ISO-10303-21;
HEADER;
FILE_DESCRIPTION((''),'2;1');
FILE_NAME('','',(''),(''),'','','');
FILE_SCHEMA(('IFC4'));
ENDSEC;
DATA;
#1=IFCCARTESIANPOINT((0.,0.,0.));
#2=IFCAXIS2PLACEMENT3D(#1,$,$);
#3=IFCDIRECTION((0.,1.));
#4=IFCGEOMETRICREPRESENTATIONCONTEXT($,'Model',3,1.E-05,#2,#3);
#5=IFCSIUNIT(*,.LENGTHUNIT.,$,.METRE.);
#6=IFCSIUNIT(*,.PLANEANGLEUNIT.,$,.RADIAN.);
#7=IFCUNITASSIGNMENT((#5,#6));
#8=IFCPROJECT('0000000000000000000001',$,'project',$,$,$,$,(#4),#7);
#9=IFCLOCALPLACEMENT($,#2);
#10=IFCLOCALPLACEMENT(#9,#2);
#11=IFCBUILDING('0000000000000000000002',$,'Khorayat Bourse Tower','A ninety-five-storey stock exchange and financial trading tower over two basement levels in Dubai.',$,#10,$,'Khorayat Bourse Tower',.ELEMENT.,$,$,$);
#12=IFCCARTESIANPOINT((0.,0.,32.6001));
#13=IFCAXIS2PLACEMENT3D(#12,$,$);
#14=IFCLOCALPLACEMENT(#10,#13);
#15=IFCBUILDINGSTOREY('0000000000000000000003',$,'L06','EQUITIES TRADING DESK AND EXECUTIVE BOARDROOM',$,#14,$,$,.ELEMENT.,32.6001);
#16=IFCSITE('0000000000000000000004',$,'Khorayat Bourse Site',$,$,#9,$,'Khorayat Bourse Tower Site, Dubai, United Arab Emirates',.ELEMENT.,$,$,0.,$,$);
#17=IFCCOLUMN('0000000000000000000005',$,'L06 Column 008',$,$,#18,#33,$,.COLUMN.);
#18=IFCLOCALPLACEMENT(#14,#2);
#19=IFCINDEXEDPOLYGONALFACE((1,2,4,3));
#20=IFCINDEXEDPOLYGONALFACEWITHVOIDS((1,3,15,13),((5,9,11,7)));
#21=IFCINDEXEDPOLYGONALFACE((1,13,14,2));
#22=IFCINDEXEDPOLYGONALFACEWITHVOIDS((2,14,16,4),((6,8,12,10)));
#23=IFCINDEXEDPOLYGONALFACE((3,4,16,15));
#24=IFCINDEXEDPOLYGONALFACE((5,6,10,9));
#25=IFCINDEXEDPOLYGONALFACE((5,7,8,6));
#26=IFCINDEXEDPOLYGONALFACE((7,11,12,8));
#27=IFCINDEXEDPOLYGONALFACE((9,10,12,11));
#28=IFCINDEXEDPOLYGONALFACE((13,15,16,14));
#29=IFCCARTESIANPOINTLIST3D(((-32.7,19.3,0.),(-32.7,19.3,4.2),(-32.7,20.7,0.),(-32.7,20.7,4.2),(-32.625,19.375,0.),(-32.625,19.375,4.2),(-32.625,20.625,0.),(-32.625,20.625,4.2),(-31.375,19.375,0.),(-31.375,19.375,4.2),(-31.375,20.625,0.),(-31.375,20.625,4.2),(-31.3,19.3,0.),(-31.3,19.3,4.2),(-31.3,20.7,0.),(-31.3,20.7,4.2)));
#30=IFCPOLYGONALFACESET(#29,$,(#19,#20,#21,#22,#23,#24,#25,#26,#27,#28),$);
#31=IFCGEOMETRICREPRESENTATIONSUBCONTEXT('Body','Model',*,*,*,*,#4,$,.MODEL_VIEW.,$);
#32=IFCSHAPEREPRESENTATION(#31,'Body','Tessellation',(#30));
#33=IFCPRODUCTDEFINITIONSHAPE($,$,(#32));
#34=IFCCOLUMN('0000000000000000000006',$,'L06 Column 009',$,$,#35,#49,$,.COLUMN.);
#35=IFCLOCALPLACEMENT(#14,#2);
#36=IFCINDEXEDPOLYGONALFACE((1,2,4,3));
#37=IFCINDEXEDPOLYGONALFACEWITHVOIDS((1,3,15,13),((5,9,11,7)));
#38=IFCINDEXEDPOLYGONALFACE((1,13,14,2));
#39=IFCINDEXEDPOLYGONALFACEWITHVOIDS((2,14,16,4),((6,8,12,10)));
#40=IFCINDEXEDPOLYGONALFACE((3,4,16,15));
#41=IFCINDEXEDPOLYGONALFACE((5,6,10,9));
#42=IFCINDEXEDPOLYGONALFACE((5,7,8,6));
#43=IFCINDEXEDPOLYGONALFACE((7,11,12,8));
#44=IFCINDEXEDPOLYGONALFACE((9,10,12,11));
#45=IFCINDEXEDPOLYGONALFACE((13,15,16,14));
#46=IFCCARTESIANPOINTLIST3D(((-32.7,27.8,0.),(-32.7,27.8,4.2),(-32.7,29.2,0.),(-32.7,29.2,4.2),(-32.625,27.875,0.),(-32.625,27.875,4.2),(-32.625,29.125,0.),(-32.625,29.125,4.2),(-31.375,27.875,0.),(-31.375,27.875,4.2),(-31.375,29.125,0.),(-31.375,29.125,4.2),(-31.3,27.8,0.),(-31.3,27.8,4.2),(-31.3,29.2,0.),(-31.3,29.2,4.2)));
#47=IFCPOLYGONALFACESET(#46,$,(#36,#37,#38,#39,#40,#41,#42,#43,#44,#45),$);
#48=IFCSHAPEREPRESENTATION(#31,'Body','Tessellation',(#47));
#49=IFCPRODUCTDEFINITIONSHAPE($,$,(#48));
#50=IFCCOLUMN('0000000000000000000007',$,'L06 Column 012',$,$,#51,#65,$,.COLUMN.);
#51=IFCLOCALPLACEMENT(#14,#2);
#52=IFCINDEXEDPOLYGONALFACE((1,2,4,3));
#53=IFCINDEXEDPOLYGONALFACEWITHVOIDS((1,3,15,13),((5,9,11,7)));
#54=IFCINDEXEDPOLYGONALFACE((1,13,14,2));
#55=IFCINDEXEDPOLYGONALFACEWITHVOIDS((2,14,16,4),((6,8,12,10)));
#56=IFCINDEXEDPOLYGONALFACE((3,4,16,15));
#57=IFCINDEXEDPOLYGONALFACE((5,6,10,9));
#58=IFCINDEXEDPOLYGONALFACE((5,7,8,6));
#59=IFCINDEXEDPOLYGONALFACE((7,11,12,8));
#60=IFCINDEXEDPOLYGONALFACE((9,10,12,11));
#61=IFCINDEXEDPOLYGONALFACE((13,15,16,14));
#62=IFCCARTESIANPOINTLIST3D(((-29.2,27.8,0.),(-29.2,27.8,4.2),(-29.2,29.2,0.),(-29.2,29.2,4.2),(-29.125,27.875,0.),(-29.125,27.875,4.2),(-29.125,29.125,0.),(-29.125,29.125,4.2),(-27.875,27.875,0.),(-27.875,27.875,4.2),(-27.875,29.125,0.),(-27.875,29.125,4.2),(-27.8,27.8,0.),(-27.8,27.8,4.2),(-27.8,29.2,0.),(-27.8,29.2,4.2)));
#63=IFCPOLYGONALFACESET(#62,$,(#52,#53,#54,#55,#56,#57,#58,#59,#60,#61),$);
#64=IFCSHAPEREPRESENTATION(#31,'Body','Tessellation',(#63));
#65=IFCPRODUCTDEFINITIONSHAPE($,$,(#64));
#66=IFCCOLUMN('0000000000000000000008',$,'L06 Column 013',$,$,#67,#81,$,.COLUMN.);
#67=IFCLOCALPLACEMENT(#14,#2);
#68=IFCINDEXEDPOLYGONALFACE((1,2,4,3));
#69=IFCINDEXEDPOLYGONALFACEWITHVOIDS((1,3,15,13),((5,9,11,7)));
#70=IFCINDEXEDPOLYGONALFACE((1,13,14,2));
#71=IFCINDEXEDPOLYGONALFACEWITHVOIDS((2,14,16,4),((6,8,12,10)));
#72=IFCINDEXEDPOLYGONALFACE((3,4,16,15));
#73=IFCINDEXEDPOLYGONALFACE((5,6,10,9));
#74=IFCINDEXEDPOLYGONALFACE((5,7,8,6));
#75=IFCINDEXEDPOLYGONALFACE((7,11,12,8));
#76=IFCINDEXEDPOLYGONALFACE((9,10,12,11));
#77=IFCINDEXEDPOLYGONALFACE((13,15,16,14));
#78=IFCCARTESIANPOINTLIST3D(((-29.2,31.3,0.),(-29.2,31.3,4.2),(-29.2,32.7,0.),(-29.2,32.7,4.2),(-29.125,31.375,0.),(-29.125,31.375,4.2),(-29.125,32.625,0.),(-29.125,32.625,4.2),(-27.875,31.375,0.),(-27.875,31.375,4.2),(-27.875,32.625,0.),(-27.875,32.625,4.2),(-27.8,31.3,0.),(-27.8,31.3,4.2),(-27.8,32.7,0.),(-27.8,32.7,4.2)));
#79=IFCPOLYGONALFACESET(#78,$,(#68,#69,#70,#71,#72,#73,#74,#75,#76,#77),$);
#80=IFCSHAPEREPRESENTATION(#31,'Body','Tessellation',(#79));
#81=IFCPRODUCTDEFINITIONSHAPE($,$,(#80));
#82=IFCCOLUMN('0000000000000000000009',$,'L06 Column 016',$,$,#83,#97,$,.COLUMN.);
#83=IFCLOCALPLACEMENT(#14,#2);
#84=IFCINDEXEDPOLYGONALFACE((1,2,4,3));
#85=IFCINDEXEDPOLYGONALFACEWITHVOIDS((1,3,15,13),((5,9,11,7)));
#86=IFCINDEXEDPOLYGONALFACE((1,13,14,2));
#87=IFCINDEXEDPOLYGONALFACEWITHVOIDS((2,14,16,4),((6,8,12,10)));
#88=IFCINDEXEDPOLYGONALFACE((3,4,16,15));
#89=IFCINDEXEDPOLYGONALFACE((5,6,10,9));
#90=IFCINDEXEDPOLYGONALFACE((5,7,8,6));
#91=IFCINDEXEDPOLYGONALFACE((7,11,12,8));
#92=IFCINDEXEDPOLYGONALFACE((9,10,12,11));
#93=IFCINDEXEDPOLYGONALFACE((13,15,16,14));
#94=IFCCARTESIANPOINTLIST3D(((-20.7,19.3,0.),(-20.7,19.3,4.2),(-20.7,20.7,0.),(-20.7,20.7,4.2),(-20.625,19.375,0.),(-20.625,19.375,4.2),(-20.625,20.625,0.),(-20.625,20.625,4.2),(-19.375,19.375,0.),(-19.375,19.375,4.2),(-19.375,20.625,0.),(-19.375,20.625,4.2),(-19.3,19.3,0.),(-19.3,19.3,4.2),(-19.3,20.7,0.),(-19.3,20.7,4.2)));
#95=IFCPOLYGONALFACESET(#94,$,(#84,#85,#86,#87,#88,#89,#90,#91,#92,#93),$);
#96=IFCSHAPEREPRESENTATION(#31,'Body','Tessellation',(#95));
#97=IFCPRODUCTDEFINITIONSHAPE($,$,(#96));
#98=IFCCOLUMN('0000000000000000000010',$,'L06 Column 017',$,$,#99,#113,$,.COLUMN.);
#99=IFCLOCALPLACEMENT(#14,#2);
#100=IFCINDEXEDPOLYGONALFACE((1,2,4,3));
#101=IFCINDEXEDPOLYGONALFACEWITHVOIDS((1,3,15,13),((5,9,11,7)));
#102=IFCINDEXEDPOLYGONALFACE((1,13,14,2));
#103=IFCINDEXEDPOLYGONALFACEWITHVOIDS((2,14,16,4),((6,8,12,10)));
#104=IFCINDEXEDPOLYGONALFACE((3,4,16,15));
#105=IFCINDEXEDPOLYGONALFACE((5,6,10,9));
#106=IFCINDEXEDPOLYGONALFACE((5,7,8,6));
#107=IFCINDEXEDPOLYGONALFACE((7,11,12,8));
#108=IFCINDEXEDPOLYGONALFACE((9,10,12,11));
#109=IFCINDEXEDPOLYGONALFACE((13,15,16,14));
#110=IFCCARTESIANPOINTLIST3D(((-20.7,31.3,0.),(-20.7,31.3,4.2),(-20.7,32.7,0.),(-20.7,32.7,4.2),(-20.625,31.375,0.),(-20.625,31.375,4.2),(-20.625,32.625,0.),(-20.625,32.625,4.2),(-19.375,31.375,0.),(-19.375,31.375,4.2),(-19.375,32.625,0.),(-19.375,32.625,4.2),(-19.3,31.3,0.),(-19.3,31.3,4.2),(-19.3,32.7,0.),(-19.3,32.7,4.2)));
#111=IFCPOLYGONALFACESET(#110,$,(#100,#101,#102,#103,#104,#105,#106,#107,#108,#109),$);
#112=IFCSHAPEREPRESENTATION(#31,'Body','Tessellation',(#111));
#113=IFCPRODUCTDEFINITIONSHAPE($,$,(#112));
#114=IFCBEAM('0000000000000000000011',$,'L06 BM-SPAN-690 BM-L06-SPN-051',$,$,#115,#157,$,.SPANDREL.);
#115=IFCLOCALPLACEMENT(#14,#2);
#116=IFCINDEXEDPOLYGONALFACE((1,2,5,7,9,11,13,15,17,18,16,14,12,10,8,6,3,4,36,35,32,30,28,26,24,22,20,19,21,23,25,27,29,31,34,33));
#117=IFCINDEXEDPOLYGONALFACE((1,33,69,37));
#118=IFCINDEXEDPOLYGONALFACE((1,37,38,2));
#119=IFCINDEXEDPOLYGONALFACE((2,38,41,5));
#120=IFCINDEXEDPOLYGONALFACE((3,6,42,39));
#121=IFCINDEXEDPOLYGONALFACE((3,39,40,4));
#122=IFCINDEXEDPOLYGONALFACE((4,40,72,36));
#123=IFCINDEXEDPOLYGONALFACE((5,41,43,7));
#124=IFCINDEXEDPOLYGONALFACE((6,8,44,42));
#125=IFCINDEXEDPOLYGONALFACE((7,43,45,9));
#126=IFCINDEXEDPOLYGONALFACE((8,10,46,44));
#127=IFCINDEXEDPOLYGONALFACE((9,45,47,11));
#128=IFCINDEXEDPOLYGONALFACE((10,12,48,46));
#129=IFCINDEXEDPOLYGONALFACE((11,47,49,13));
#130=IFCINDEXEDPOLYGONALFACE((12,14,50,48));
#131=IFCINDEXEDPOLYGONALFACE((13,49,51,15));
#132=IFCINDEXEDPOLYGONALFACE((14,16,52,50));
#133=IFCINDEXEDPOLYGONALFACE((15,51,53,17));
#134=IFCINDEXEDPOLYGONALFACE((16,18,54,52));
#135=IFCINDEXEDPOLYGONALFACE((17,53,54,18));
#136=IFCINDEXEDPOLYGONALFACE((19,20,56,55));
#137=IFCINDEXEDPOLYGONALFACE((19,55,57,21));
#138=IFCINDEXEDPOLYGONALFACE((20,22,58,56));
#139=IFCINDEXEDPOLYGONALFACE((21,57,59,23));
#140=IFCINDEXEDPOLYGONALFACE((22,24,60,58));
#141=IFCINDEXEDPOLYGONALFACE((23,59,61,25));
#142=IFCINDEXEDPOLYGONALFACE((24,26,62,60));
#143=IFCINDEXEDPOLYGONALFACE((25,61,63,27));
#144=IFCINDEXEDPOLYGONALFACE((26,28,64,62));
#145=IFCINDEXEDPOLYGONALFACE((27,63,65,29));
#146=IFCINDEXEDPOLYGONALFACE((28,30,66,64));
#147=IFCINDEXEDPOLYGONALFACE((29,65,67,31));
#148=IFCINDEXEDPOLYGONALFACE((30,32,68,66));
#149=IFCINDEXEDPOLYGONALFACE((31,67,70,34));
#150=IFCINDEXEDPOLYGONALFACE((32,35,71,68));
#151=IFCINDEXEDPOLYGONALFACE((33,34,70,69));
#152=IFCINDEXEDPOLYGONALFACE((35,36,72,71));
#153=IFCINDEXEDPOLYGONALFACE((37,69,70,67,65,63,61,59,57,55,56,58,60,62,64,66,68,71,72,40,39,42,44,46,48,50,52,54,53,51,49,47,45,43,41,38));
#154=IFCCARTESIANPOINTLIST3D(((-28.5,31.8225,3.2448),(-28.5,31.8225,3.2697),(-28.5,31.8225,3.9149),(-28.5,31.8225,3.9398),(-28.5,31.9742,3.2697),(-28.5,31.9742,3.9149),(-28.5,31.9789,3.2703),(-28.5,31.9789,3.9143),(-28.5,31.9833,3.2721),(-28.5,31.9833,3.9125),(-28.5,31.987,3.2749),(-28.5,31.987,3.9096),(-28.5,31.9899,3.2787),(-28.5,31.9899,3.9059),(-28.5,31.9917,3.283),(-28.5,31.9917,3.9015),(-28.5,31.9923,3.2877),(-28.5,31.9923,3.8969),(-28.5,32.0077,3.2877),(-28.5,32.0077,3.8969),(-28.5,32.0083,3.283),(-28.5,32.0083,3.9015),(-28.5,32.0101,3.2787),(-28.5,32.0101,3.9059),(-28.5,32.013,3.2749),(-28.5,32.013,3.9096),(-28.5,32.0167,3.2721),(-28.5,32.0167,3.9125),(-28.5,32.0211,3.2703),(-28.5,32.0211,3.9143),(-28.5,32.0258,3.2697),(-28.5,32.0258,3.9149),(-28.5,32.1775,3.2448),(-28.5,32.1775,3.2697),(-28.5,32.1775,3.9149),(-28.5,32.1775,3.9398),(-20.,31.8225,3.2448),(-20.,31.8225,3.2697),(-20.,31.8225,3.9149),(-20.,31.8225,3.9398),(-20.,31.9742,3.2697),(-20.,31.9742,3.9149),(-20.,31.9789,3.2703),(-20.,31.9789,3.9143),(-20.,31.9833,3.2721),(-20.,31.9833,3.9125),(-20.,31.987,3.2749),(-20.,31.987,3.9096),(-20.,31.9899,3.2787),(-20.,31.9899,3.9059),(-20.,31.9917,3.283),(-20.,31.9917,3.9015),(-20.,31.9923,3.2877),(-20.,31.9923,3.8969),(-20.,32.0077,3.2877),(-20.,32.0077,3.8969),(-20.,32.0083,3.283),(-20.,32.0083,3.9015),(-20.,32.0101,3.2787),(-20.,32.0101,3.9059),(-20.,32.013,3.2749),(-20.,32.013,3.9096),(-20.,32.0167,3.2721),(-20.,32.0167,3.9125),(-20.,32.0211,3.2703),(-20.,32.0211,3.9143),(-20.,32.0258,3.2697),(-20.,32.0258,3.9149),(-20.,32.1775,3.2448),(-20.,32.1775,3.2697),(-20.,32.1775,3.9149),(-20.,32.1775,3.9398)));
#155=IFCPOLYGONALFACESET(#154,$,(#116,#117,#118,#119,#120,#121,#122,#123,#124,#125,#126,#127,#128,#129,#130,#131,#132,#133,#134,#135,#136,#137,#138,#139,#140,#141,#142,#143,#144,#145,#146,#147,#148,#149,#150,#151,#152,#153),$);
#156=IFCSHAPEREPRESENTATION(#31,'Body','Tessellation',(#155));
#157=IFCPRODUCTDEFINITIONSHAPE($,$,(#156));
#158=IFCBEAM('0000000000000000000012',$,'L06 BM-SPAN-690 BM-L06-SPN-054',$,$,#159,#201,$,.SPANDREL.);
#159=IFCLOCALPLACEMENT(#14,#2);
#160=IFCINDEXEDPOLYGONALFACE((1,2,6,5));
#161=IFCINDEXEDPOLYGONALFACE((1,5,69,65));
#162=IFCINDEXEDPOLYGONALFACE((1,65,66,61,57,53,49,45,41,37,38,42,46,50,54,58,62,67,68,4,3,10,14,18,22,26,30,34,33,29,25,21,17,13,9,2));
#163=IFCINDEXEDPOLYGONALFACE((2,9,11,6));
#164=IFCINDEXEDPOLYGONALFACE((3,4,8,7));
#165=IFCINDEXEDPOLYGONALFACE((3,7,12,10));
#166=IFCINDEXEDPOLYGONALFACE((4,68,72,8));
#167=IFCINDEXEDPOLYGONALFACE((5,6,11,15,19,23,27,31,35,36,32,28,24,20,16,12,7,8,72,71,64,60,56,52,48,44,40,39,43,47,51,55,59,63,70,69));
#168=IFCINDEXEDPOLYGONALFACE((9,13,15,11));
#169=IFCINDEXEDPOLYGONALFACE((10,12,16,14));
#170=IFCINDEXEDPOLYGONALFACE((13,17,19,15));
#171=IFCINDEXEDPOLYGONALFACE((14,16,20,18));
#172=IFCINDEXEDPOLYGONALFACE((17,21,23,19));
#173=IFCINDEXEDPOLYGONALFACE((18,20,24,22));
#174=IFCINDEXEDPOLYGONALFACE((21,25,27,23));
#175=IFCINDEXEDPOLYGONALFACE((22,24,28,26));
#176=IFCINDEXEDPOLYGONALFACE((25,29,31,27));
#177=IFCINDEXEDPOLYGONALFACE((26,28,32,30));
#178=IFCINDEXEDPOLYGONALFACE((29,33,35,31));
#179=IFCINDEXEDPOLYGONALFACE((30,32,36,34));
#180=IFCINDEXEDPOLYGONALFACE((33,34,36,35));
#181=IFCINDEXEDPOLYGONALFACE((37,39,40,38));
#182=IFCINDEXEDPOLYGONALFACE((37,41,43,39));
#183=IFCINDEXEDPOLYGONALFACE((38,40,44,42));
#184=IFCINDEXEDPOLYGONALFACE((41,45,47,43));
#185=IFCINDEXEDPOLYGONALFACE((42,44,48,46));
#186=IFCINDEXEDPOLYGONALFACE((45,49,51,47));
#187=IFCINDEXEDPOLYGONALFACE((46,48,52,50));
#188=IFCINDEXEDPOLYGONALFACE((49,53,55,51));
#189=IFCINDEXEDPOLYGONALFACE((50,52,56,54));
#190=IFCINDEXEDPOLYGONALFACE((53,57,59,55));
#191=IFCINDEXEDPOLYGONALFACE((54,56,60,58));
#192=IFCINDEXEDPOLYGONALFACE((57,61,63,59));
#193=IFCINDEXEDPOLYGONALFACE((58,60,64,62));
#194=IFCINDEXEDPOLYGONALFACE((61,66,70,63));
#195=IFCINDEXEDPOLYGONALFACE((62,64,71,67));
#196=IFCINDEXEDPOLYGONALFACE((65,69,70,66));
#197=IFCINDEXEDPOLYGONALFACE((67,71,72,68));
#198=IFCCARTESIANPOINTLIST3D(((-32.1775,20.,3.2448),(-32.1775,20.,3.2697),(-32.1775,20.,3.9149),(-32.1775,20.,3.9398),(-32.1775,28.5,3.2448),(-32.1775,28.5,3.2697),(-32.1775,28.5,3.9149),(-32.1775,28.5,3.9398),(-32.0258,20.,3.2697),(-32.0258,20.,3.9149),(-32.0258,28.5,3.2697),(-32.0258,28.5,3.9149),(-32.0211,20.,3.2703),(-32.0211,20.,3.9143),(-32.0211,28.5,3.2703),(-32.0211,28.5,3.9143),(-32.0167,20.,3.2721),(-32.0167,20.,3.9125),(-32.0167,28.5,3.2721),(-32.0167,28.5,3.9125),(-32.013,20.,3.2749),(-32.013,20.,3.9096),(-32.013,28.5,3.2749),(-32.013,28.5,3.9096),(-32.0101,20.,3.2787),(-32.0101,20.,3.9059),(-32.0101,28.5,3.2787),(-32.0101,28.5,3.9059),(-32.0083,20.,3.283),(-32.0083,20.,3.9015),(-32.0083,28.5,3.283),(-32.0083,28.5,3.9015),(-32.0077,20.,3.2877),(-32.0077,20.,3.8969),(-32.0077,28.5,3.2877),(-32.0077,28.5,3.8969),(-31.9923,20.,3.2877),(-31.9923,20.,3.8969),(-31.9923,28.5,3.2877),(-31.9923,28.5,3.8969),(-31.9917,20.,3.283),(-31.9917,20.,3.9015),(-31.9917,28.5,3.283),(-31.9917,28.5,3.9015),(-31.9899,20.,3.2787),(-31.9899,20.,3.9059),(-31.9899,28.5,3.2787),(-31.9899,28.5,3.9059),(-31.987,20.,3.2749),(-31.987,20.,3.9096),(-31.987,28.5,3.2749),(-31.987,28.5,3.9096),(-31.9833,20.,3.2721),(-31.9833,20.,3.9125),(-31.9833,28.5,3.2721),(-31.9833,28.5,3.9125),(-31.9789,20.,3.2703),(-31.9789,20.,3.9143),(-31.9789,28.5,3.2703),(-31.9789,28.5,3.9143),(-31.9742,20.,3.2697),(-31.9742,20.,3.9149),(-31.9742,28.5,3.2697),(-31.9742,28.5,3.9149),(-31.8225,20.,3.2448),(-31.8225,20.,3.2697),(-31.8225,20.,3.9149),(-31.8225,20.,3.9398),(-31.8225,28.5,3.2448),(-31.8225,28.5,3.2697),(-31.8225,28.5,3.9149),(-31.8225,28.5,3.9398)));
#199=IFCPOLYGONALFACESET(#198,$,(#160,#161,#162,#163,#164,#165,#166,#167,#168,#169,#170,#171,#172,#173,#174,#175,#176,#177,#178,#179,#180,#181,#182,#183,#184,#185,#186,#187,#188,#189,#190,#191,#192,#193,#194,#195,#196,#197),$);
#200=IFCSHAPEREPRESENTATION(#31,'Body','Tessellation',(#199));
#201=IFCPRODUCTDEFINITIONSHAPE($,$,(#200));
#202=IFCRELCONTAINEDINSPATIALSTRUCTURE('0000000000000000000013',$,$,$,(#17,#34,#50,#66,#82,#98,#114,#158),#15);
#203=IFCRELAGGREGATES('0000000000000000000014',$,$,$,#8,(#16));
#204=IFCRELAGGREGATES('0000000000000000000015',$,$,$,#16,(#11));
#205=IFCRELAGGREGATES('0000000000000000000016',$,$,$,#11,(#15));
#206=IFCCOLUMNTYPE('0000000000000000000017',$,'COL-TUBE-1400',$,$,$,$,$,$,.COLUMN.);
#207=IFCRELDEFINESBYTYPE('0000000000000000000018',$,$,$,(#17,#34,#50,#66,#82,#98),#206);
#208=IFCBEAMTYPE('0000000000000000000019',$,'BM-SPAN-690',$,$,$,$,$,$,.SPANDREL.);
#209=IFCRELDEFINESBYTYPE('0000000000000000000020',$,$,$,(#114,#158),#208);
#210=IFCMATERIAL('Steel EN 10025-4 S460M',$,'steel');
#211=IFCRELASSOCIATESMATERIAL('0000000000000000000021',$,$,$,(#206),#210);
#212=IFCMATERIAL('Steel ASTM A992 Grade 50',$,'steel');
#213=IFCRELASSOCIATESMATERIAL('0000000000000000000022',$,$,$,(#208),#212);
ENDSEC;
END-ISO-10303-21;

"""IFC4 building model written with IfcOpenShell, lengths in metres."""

from ifc_helpers import new_model, si_unit, direction, frame, origin, origin_2d, place, context, subcontext, project, spatial, hollow_rectangle, i_section, extrude, source, transform, mapped, material, material_profile, profile_set, type_object, element, save


model = new_model("IFC4")

# Units and contexts
model_context = context("Model", 3, precision=1e-05, world=origin(), true_north=direction((0.0, 1.0)))
body_context = subcontext(model_context, "Body", "Model", "MODEL_VIEW")
ifc_project = project(units=[si_unit("LENGTHUNIT", "METRE"), si_unit("PLANEANGLEUNIT", "RADIAN")], contexts=[model_context])

# Site, building, storey
site_placement = place(None, origin())
site = spatial("IfcSite", under=ifc_project, at=site_placement, Name="Khorayat Bourse Site", LongName="Khorayat Bourse Tower Site, Dubai, United Arab Emirates", CompositionType="ELEMENT", RefElevation=0.0)
building_placement = place(site_placement, origin())
building = spatial("IfcBuilding", under=site, at=building_placement, Name="Khorayat Bourse Tower", Description="A ninety-five-storey stock exchange and financial trading tower over two basement levels in Dubai.", LongName="Khorayat Bourse Tower", CompositionType="ELEMENT")
storey_placement = place(building_placement, frame((0.0, 0.0, 32.6001)))
storey = spatial("IfcBuildingStorey", under=building, at=storey_placement, Name="L06", Description="EQUITIES TRADING DESK AND EXECUTIVE BOARDROOM", CompositionType="ELEMENT", Elevation=32.6001)

# Columns
ifc_material_1 = material(Name="Steel EN 10025-4 S460M", Category="steel")
ifc_material_profile_1 = material_profile(ifc_material_1, hollow_rectangle(XDim=1.3999, YDim=1.3999, WallThickness=0.075, at=origin_2d()), Name="BOX 1400x1400x75")
ifc_profile_set_1 = profile_set([ifc_material_profile_1], Name="Steel EN 10025-4 S460M")
column_type = type_object("IfcColumnType", Name="COL-TUBE-1400", PredefinedType="COLUMN", material=ifc_profile_set_1)
shared_shape_1 = source(origin(), body_context, "Body", "SweptSolid", [
    extrude(hollow_rectangle(XDim=1.3999, YDim=1.3999, WallThickness=0.075, at=origin_2d()), origin(), (0.0, 0.0, 1.0), 4.2),
])
for number, where, z_axis, x_axis, name in (
    (1, (-32.0, 20.0, 0.0), (0.0, 0.0, 1.0), (1.0, 0.0, 0.0), "L06 Column 008"),
    (2, (-32.0, 28.5, 0.0), (0.0, 0.0, 1.0), (1.0, 0.0, 0.0), "L06 Column 009"),
    (3, (-28.5, 28.5, 0.0), (0.0, 0.0, 1.0), (1.0, 0.0, 0.0), "L06 Column 012"),
    (4, (-28.5, 32.0, 0.0), (0.0, 0.0, 1.0), (1.0, 0.0, 0.0), "L06 Column 013"),
    (5, (-20.0, 20.0, 0.0), (0.0, 0.0, 1.0), (1.0, 0.0, 0.0), "L06 Column 016"),
    (6, (-20.0, 32.0, 0.0), (0.0, 0.0, 1.0), (1.0, 0.0, 0.0), "L06 Column 017"),
):
    element("IfcColumn", number, at=place(storey_placement, frame(where, z_axis=z_axis, x_axis=x_axis)), inside=storey, type_object=column_type, Name=name, PredefinedType="COLUMN", context=body_context, shape_type="MappedRepresentation", body=[
        mapped(shared_shape_1, transform((0.0, 0.0, 0.0), scale=1.0)),
    ])

# Beams
ifc_material_2 = material(Name="Steel ASTM A992 Grade 50", Category="steel")
ifc_material_profile_2 = material_profile(ifc_material_2, i_section(OverallWidth=0.355, OverallDepth=0.6951, WebThickness=0.0154, FlangeThickness=0.0249, FilletRadius=0.0181, at=origin_2d()), Name="W690X217")
ifc_profile_set_2 = profile_set([ifc_material_profile_2], Name="Steel ASTM A992 Grade 50")
beam_type_1 = type_object("IfcBeamType", Name="BM-SPAN-690", PredefinedType="SPANDREL", material=ifc_profile_set_2)
shared_shape_2 = source(origin(), body_context, "Body", "SweptSolid", [
    extrude(i_section(OverallWidth=0.355, OverallDepth=0.6951, WebThickness=0.0154, FlangeThickness=0.0249, FilletRadius=0.0181, at=origin_2d()), origin(), (0.0, 0.0, 1.0), 8.5),
])
for number, where, z_axis, x_axis, name in (
    (7, (-28.5, 32.0, 3.5923), (1.0, 0.0, 0.0), (0.0, 1.0, 0.0), "L06 BM-SPAN-690 BM-L06-SPN-051"),
    (8, (-32.0, 20.0, 3.5923), (0.0, 1.0, 0.0), (-1.0, 0.0, 0.0), "L06 BM-SPAN-690 BM-L06-SPN-054"),
):
    element("IfcBeam", number, at=place(storey_placement, frame(where, z_axis=z_axis, x_axis=x_axis)), inside=storey, type_object=beam_type_1, Name=name, PredefinedType="SPANDREL", context=body_context, shape_type="MappedRepresentation", body=[
        mapped(shared_shape_2, transform((0.0, 0.0, 0.0), scale=1.0)),
    ])

save(model, "model.ifc")
